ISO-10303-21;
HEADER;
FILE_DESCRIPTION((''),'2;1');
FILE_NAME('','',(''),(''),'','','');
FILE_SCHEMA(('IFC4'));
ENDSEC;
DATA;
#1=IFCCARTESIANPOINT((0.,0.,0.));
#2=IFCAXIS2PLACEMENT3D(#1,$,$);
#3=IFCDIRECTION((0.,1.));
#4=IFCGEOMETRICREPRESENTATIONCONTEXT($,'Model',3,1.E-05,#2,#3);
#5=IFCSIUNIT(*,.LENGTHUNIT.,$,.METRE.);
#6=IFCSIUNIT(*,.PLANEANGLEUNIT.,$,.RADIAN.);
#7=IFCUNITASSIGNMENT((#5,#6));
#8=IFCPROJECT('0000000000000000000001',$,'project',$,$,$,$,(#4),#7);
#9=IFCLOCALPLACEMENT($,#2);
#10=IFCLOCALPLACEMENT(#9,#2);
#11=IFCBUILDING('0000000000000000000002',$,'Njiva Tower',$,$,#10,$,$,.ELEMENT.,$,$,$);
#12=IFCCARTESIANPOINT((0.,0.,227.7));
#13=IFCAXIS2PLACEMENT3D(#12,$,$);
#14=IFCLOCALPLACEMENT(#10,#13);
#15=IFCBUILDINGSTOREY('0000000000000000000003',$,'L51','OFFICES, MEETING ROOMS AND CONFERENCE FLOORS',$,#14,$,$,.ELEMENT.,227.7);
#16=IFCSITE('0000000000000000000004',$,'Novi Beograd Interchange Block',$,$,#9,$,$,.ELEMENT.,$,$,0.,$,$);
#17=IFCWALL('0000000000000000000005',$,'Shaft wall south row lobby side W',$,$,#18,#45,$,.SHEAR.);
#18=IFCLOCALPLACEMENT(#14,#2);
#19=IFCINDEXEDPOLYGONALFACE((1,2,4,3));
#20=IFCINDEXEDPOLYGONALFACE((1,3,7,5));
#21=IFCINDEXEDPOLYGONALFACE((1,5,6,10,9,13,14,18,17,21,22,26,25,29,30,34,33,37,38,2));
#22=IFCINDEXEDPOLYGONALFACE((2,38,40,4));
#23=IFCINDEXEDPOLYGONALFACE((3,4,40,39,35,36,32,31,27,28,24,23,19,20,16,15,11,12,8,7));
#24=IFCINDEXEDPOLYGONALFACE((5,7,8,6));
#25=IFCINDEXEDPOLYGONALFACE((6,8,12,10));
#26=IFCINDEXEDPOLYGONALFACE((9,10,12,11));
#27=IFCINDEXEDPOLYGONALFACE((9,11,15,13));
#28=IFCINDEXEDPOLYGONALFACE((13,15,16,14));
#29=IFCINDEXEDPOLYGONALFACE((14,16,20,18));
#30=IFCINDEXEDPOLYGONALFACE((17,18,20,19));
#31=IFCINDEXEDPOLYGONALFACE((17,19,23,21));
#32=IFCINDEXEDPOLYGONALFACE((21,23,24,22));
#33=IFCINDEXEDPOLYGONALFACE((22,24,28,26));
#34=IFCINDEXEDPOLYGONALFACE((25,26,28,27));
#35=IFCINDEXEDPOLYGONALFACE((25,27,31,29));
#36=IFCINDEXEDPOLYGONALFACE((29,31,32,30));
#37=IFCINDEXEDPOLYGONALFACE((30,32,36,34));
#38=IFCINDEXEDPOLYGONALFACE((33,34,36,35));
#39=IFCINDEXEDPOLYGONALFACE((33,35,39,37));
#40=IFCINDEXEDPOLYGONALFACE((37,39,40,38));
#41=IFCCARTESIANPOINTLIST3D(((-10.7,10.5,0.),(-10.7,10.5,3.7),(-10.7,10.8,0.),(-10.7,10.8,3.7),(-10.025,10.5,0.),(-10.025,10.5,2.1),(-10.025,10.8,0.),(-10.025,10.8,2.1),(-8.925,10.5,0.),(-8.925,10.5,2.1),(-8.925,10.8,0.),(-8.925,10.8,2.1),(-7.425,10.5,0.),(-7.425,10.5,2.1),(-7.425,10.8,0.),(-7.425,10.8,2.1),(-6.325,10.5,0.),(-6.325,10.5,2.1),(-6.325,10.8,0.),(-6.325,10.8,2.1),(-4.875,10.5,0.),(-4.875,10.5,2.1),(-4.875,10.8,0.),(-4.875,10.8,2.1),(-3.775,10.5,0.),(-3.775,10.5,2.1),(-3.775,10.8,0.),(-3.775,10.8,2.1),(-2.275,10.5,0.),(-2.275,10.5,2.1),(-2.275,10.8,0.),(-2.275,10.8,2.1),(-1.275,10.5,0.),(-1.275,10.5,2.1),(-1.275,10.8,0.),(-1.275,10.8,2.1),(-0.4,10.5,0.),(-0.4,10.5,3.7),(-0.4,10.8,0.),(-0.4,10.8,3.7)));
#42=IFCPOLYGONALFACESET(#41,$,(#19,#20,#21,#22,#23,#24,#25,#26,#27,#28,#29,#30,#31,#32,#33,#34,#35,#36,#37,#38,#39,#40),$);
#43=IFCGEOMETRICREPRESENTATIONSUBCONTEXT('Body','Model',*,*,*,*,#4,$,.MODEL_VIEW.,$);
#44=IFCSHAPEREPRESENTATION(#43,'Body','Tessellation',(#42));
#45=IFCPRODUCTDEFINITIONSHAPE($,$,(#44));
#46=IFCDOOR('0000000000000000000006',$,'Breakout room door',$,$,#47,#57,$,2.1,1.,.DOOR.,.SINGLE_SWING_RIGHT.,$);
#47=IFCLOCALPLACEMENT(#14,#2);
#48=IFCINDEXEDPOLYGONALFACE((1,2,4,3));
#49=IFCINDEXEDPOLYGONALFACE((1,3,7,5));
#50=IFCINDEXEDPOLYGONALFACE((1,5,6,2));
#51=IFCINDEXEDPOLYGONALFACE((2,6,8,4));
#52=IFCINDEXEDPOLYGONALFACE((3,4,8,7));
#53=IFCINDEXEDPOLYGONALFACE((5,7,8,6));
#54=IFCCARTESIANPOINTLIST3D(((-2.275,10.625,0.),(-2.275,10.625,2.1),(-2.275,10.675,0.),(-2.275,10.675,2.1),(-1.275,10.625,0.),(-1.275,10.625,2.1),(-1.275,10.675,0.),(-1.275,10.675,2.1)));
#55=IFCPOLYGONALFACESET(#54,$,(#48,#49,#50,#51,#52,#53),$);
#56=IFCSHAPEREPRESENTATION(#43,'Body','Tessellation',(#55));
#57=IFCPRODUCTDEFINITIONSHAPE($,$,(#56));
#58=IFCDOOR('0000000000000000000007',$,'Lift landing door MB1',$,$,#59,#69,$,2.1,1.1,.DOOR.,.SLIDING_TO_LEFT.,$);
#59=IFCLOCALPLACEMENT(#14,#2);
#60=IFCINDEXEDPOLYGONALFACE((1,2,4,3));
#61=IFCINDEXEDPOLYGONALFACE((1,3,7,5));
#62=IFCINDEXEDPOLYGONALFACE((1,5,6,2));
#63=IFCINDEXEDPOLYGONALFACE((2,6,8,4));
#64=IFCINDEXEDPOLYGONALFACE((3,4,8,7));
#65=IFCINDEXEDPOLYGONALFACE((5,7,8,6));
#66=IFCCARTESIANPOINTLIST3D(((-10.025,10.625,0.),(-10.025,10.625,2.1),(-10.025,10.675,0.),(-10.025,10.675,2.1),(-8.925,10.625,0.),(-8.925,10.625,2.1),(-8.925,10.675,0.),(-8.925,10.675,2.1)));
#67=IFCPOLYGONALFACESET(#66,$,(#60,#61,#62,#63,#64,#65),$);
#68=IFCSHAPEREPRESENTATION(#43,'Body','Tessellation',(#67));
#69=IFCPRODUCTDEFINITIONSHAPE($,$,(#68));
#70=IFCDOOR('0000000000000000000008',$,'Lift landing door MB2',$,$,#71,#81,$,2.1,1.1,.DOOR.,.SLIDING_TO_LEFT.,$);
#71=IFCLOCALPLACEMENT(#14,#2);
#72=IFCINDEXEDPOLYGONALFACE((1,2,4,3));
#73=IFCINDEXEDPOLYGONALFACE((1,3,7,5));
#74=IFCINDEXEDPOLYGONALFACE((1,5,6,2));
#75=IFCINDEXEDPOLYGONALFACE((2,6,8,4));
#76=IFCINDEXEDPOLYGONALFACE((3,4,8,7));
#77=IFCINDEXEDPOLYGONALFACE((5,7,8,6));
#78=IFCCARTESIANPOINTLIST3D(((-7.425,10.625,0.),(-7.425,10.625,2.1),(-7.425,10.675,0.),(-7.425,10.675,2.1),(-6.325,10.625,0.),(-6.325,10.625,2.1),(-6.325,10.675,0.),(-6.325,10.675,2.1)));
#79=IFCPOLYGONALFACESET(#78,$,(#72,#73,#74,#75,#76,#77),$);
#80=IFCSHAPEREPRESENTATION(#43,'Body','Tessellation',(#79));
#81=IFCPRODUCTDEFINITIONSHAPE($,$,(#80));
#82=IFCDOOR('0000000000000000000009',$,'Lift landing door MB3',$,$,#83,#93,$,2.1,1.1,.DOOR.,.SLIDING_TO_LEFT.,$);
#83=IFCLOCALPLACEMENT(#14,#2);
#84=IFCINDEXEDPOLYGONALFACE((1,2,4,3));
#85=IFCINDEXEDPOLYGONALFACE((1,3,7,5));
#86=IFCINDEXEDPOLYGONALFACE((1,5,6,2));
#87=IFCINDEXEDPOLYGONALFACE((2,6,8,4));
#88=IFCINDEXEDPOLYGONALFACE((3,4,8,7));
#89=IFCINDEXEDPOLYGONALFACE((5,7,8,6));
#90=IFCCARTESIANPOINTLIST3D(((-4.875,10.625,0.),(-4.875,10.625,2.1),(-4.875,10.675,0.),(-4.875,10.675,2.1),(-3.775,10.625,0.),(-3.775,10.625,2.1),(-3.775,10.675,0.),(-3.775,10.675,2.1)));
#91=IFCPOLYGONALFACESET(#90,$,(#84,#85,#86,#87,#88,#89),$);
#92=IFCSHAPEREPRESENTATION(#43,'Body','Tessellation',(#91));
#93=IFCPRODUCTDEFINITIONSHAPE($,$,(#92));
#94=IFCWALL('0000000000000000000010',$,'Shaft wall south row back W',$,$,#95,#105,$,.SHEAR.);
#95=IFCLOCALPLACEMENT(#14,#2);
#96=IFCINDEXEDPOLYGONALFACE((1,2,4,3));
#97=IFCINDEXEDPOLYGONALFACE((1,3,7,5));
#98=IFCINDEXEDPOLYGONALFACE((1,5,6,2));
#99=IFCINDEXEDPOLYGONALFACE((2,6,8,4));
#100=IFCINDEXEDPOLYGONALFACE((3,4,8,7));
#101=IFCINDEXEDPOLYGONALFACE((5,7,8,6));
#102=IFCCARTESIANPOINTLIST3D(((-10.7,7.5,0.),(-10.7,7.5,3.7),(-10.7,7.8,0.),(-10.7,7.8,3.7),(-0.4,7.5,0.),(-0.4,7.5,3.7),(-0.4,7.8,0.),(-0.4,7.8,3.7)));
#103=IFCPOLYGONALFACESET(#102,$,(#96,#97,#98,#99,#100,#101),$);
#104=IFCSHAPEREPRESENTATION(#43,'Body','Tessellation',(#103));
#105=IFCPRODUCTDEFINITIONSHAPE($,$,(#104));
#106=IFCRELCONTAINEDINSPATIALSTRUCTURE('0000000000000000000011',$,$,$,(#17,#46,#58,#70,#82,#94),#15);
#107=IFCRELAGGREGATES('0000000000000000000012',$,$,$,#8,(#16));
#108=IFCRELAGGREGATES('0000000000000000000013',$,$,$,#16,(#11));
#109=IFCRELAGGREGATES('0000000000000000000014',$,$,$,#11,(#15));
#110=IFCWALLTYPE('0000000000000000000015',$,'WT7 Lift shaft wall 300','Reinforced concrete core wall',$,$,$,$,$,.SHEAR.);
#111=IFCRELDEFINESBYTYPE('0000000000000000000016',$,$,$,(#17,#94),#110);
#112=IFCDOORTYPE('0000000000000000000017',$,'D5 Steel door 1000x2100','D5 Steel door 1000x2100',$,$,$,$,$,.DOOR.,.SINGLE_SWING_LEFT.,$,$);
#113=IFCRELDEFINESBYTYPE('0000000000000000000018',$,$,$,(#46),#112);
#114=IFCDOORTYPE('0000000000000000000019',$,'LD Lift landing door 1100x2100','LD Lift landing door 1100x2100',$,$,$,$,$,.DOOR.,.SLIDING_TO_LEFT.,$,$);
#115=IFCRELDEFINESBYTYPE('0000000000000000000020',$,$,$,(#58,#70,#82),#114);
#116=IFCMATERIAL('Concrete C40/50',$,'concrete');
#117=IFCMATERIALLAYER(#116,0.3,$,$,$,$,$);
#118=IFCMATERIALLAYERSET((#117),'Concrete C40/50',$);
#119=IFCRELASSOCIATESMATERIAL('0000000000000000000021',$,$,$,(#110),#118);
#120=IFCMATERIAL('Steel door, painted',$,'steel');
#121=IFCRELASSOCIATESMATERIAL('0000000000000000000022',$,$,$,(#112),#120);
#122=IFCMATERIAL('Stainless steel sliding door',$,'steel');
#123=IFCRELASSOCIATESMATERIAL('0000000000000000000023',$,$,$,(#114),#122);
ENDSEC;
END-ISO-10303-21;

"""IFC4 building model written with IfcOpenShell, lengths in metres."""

from ifc_helpers import new_model, si_unit, direction, frame, frame_2d, origin, place, context, subcontext, project, spatial, rectangle, extrude, material, layer, layer_set, type_object, element, fill, save


model = new_model("IFC4")

# Units and contexts
model_context = context("Model", 3, precision=1e-05, world=origin(), true_north=direction((0.0, 1.0)))
body_context = subcontext(model_context, "Body", "Model", "MODEL_VIEW")
ifc_project = project(units=[si_unit("LENGTHUNIT", "METRE"), si_unit("PLANEANGLEUNIT", "RADIAN")], contexts=[model_context])

# Site, building, storey
site_placement = place(None, origin())
site = spatial("IfcSite", under=ifc_project, at=site_placement, Name="Novi Beograd Interchange Block", CompositionType="ELEMENT", RefElevation=0.0)
building_placement = place(site_placement, origin())
building = spatial("IfcBuilding", under=site, at=building_placement, Name="Njiva Tower", CompositionType="ELEMENT")
storey_placement = place(building_placement, frame((0.0, 0.0, 227.7)))
storey = spatial("IfcBuildingStorey", under=building, at=storey_placement, Name="L51", Description="OFFICES, MEETING ROOMS AND CONFERENCE FLOORS", CompositionType="ELEMENT", Elevation=227.7)

# Shared definitions
ifc_material_1 = material(Name="Concrete C40/50", Category="concrete")

# Wall, openings, doors
ifc_layer_1 = layer(ifc_material_1, 0.3)
ifc_layer_set_1 = layer_set([ifc_layer_1], Name="Concrete C40/50")
wall_type_1 = type_object("IfcWallType", Name="WT7 Lift shaft wall 300", Description="Reinforced concrete core wall", PredefinedType="SHEAR", material=ifc_layer_set_1)
wall_1_placement = place(storey_placement, frame((-10.7, 10.65, 0.0), z_axis=(0.0, 0.0, 1.0), x_axis=(1.0, 0.0, 0.0)))
wall_1 = element("IfcWall", 1, at=wall_1_placement, inside=storey, type_object=wall_type_1, Name="Shaft wall south row lobby side W", PredefinedType="SHEAR", context=body_context, shape_type="SweptSolid", body=[
    extrude(rectangle(XDim=10.3, YDim=0.3, at=frame_2d((5.15, 0.0))), origin(), (0.0, 0.0, 1.0), 3.7),
])
opening_1_placement = place(wall_1_placement, frame((0.675, 0.0, 0.0)))
opening_1 = element("IfcOpeningElement", 2, at=opening_1_placement, cuts=wall_1, PredefinedType="OPENING", context=body_context, shape_type="SweptSolid", body=[
    extrude(rectangle(XDim=1.1, YDim=2.1, at=frame_2d((0.55, 1.05))), frame((0.0, 0.16, 0.0), z_axis=(0.0, -1.0, 0.0), x_axis=(1.0, 0.0, 0.0)), (0.0, 0.0, 1.0), 0.32),
])
opening_2_placement = place(wall_1_placement, frame((3.275, 0.0, 0.0)))
opening_2 = element("IfcOpeningElement", 3, at=opening_2_placement, cuts=wall_1, PredefinedType="OPENING", context=body_context, shape_type="SweptSolid", body=[
    extrude(rectangle(XDim=1.1, YDim=2.1, at=frame_2d((0.55, 1.05))), frame((0.0, 0.16, 0.0), z_axis=(0.0, -1.0, 0.0), x_axis=(1.0, 0.0, 0.0)), (0.0, 0.0, 1.0), 0.32),
])
opening_3_placement = place(wall_1_placement, frame((5.825, 0.0, 0.0)))
opening_3 = element("IfcOpeningElement", 4, at=opening_3_placement, cuts=wall_1, PredefinedType="OPENING", context=body_context, shape_type="SweptSolid", body=[
    extrude(rectangle(XDim=1.1, YDim=2.1, at=frame_2d((0.55, 1.05))), frame((0.0, 0.16, 0.0), z_axis=(0.0, -1.0, 0.0), x_axis=(1.0, 0.0, 0.0)), (0.0, 0.0, 1.0), 0.32),
])
opening_4_placement = place(wall_1_placement, frame((8.425, 0.0, 0.0)))
opening_4 = element("IfcOpeningElement", 5, at=opening_4_placement, cuts=wall_1, PredefinedType="OPENING", context=body_context, shape_type="SweptSolid", body=[
    extrude(rectangle(XDim=1.0, YDim=2.1, at=frame_2d((0.5, 1.05))), frame((0.0, 0.16, 0.0), z_axis=(0.0, -1.0, 0.0), x_axis=(1.0, 0.0, 0.0)), (0.0, 0.0, 1.0), 0.32),
])
ifc_material_2 = material(Name="Steel door, painted", Category="steel")
door_type_1 = type_object("IfcDoorType", Name="D5 Steel door 1000x2100", Description="D5 Steel door 1000x2100", OperationType="SINGLE_SWING_LEFT", PredefinedType="DOOR", material=ifc_material_2)
door_1_placement = place(opening_4_placement, origin())
door_1 = element("IfcDoor", 6, at=door_1_placement, inside=storey, type_object=door_type_1, Name="Breakout room door", OperationType="SINGLE_SWING_RIGHT", OverallHeight=2.1, OverallWidth=1.0, PredefinedType="DOOR", context=body_context, shape_type="SweptSolid", body=[
    extrude(rectangle(XDim=1.0, YDim=2.1, at=frame_2d((0.5, 1.05))), frame((0.0, 0.025, 0.0), z_axis=(0.0, -1.0, 0.0), x_axis=(1.0, 0.0, 0.0)), (0.0, 0.0, 1.0), 0.05),
])
fill(opening_4, door_1)
ifc_material_3 = material(Name="Stainless steel sliding door", Category="steel")
door_type_2 = type_object("IfcDoorType", Name="LD Lift landing door 1100x2100", Description="LD Lift landing door 1100x2100", OperationType="SLIDING_TO_LEFT", PredefinedType="DOOR", material=ifc_material_3)
door_2_placement = place(opening_1_placement, origin())
door_2 = element("IfcDoor", 7, at=door_2_placement, inside=storey, type_object=door_type_2, Name="Lift landing door MB1", OperationType="SLIDING_TO_LEFT", OverallHeight=2.1, OverallWidth=1.1, PredefinedType="DOOR", context=body_context, shape_type="SweptSolid", body=[
    extrude(rectangle(XDim=1.1, YDim=2.1, at=frame_2d((0.55, 1.05))), frame((0.0, 0.025, 0.0), z_axis=(0.0, -1.0, 0.0), x_axis=(1.0, 0.0, 0.0)), (0.0, 0.0, 1.0), 0.05),
])
fill(opening_1, door_2)
door_3_placement = place(opening_2_placement, origin())
door_3 = element("IfcDoor", 8, at=door_3_placement, inside=storey, type_object=door_type_2, Name="Lift landing door MB2", OperationType="SLIDING_TO_LEFT", OverallHeight=2.1, OverallWidth=1.1, PredefinedType="DOOR", context=body_context, shape_type="SweptSolid", body=[
    extrude(rectangle(XDim=1.1, YDim=2.1, at=frame_2d((0.55, 1.05))), frame((0.0, 0.025, 0.0), z_axis=(0.0, -1.0, 0.0), x_axis=(1.0, 0.0, 0.0)), (0.0, 0.0, 1.0), 0.05),
])
fill(opening_2, door_3)
door_4_placement = place(opening_3_placement, origin())
door_4 = element("IfcDoor", 9, at=door_4_placement, inside=storey, type_object=door_type_2, Name="Lift landing door MB3", OperationType="SLIDING_TO_LEFT", OverallHeight=2.1, OverallWidth=1.1, PredefinedType="DOOR", context=body_context, shape_type="SweptSolid", body=[
    extrude(rectangle(XDim=1.1, YDim=2.1, at=frame_2d((0.55, 1.05))), frame((0.0, 0.025, 0.0), z_axis=(0.0, -1.0, 0.0), x_axis=(1.0, 0.0, 0.0)), (0.0, 0.0, 1.0), 0.05),
])
fill(opening_3, door_4)

# Wall
wall_2_placement = place(storey_placement, frame((-10.7, 7.65, 0.0), z_axis=(0.0, 0.0, 1.0), x_axis=(1.0, 0.0, 0.0)))
element("IfcWall", 10, at=wall_2_placement, inside=storey, type_object=wall_type_1, Name="Shaft wall south row back W", PredefinedType="SHEAR", context=body_context, shape_type="SweptSolid", body=[
    extrude(rectangle(XDim=10.3, YDim=0.3, at=frame_2d((5.15, 0.0))), origin(), (0.0, 0.0, 1.0), 3.7),
])

save(model, "model.ifc")
